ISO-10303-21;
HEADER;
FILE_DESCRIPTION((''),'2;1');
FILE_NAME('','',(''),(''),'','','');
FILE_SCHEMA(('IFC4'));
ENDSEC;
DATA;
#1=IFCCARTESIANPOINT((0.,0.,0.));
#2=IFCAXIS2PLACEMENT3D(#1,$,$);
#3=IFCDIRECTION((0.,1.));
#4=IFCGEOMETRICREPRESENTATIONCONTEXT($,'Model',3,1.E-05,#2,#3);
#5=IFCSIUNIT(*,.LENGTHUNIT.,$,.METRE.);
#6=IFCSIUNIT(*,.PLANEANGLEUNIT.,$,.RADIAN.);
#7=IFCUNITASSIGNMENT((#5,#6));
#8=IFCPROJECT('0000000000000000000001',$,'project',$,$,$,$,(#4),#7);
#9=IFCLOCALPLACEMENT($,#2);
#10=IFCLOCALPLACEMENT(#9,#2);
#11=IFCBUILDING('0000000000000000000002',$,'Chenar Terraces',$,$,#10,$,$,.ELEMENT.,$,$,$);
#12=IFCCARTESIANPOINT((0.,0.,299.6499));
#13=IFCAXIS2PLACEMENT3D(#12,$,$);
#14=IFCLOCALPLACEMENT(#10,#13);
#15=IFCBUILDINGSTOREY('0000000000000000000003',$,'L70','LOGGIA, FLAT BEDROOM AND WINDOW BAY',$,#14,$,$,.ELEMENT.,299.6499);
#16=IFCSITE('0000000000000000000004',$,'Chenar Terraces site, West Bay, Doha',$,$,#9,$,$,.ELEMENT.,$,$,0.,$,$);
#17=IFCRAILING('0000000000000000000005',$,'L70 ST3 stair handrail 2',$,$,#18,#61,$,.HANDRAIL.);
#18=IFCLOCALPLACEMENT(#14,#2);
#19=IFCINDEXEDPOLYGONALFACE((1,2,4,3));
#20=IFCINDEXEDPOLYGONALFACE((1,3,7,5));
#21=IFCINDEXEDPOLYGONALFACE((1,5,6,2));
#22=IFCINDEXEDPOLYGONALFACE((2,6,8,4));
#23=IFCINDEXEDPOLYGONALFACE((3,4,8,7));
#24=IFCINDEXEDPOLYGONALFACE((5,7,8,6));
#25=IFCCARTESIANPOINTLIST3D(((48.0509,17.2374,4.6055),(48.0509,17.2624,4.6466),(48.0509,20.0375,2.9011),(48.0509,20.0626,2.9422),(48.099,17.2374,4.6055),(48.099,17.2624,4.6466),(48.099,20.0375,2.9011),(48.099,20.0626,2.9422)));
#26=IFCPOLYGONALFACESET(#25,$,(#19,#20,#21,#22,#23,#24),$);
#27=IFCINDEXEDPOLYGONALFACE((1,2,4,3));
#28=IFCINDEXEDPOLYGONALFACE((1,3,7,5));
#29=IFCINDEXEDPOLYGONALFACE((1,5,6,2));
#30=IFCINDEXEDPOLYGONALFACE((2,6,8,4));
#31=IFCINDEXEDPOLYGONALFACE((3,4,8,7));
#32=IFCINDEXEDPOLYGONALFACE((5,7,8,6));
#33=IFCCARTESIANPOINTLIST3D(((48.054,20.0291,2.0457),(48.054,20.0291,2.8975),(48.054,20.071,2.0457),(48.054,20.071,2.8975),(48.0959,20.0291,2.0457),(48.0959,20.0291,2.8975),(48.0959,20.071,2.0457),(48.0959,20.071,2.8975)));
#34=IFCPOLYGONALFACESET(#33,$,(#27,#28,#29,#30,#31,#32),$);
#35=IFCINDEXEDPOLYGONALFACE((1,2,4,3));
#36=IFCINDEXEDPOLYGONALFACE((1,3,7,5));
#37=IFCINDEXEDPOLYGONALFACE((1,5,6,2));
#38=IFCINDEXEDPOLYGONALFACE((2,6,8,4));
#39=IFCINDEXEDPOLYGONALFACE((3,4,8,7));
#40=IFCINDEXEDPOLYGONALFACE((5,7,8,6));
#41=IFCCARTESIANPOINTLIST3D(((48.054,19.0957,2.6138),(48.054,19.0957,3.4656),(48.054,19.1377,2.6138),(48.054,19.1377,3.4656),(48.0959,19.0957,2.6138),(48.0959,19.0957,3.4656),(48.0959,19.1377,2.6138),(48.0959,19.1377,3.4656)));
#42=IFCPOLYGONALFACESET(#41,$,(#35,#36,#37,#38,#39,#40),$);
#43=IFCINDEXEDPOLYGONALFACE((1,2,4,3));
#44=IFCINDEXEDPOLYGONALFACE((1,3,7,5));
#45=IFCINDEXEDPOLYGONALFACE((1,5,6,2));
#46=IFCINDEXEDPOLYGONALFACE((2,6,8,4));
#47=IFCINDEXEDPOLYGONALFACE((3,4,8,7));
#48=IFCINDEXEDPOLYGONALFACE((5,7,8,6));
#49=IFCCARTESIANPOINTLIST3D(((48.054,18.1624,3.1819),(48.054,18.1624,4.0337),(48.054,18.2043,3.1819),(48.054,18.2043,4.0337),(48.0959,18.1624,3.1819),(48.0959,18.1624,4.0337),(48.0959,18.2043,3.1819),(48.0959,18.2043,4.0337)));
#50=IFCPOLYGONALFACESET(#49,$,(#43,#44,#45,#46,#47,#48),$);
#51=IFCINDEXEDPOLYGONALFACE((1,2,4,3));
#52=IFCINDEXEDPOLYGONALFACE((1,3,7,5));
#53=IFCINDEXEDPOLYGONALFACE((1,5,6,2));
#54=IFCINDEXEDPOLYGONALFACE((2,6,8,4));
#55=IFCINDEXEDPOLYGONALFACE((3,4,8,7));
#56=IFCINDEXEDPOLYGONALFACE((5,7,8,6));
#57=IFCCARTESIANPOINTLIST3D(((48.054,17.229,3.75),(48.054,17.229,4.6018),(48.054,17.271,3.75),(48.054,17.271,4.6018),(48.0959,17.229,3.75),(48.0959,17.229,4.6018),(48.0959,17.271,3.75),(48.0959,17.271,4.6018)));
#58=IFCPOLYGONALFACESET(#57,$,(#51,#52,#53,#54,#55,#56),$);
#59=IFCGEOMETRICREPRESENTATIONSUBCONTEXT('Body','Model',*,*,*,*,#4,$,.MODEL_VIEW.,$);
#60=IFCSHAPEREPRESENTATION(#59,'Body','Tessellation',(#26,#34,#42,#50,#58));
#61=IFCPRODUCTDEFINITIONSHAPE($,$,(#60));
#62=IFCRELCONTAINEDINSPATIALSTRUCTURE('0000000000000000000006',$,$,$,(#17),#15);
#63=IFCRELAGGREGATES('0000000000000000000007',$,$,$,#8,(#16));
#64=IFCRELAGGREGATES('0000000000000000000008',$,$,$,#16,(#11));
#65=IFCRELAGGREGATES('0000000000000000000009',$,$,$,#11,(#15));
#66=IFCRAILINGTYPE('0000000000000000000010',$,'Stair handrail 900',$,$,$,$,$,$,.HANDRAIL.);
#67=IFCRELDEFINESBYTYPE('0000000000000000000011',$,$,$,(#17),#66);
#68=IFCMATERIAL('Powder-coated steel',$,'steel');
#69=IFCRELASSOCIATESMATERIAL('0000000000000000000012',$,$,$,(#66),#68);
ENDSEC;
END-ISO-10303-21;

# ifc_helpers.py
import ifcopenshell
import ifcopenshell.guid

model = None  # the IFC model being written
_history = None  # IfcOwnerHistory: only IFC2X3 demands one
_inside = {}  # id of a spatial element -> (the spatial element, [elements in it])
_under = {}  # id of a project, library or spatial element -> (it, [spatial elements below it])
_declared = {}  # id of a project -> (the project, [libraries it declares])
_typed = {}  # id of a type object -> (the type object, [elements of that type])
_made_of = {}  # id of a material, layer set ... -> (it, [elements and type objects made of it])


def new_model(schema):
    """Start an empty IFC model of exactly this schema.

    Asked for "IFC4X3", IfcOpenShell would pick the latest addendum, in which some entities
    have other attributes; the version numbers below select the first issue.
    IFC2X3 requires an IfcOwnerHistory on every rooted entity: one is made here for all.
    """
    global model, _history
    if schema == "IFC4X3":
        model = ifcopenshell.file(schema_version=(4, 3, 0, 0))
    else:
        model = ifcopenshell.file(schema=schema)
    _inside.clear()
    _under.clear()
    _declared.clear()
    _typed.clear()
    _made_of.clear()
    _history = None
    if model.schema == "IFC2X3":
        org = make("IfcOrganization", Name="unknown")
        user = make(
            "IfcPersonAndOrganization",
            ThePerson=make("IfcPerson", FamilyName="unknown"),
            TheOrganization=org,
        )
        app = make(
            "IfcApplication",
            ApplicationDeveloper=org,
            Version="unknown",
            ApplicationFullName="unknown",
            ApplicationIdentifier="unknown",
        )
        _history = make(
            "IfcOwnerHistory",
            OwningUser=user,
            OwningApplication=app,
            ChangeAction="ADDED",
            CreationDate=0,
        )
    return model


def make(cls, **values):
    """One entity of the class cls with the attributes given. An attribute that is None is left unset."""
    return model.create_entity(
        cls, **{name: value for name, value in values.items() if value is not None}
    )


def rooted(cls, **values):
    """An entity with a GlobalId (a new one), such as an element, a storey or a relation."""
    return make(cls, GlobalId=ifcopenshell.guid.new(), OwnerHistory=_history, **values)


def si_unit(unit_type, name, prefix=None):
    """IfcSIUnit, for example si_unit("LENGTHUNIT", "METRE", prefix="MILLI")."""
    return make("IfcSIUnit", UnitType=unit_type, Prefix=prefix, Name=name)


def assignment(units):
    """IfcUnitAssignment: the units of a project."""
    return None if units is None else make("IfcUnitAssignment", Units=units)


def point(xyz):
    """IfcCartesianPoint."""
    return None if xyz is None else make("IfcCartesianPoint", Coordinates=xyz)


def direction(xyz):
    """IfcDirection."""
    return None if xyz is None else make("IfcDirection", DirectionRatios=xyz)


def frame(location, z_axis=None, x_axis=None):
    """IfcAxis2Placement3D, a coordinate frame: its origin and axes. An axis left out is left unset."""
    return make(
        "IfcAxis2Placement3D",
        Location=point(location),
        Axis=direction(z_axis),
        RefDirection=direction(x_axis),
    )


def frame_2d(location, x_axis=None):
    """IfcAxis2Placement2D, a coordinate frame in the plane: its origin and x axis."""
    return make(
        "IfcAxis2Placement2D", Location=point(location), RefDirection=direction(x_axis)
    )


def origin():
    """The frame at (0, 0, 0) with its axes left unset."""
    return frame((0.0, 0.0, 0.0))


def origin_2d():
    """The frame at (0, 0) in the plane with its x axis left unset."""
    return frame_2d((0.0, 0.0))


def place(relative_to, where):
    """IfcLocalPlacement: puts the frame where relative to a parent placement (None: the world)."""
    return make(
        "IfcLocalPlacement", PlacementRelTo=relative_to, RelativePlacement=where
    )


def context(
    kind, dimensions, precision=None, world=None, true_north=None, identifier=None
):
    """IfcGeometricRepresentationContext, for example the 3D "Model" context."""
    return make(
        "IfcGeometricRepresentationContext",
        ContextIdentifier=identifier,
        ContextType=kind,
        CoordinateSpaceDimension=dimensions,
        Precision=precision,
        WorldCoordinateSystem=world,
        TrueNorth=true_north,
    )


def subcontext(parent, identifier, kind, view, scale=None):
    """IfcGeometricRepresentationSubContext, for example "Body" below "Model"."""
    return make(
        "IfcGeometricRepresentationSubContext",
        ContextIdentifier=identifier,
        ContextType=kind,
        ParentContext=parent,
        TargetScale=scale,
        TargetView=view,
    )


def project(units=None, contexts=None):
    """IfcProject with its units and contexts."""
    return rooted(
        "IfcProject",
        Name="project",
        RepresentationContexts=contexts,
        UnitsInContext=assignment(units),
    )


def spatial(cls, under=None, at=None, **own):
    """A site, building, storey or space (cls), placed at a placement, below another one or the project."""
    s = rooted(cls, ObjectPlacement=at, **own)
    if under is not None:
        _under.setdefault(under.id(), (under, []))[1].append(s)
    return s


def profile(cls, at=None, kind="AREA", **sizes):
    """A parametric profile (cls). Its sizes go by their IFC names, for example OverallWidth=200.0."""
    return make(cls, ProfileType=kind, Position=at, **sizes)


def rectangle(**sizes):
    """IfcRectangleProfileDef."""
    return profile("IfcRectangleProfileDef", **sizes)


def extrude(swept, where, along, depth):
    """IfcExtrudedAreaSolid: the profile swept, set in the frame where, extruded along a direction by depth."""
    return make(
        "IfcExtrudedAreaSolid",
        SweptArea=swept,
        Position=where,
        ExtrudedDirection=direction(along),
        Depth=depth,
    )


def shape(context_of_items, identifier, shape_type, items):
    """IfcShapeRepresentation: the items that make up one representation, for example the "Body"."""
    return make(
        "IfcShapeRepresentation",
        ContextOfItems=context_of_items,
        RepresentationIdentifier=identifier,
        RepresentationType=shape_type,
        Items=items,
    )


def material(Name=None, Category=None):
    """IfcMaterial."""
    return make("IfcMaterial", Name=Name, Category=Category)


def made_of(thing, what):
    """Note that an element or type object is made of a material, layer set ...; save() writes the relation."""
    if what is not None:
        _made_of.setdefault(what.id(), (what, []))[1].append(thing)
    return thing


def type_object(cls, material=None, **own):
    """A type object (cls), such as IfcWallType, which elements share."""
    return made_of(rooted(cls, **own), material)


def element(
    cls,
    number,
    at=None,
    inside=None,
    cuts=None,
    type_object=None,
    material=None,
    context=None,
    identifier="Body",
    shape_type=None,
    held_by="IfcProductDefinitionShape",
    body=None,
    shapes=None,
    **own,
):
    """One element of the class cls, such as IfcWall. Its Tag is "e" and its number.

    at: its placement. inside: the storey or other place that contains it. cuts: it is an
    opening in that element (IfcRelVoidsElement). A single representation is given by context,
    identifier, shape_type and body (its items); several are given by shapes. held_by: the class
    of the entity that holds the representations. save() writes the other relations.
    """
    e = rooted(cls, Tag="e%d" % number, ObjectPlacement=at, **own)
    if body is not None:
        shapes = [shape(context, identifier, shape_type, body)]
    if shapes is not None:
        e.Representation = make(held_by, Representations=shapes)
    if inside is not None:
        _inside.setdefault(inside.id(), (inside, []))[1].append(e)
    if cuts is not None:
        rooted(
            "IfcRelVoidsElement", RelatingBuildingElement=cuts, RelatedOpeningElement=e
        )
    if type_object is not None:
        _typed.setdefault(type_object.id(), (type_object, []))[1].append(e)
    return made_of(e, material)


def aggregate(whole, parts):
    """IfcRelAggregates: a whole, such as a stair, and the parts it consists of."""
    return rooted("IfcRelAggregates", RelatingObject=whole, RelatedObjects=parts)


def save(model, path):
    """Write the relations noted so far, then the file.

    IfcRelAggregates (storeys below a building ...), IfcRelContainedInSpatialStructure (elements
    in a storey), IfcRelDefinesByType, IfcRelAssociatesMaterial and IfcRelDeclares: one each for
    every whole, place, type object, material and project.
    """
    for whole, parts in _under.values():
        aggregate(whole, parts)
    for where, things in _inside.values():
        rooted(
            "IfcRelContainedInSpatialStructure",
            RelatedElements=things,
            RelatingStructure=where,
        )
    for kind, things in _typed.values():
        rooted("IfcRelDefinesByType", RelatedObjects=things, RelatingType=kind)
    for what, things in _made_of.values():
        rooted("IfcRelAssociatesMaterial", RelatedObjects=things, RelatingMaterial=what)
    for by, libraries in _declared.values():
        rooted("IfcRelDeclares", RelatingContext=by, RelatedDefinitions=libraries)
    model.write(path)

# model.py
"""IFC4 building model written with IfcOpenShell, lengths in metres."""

from ifc_helpers import new_model, si_unit, direction, frame, origin, origin_2d, place, context, subcontext, project, spatial, rectangle, extrude, material, type_object, element, save


model = new_model("IFC4")

# Units and contexts
model_context = context("Model", 3, precision=1e-05, world=origin(), true_north=direction((0.0, 1.0)))
body_context = subcontext(model_context, "Body", "Model", "MODEL_VIEW")
ifc_project = project(units=[si_unit("LENGTHUNIT", "METRE"), si_unit("PLANEANGLEUNIT", "RADIAN")], contexts=[model_context])

# Site, building, storey
site_placement = place(None, origin())
site = spatial("IfcSite", under=ifc_project, at=site_placement, Name="Chenar Terraces site, West Bay, Doha", CompositionType="ELEMENT", RefElevation=0.0)
building_placement = place(site_placement, origin())
building = spatial("IfcBuilding", under=site, at=building_placement, Name="Chenar Terraces", CompositionType="ELEMENT")
storey_placement = place(building_placement, frame((0.0, 0.0, 299.6499)))
storey = spatial("IfcBuildingStorey", under=building, at=storey_placement, Name="L70", Description="LOGGIA, FLAT BEDROOM AND WINDOW BAY", CompositionType="ELEMENT", Elevation=299.6499)

# Railing
ifc_material_1 = material(Name="Powder-coated steel", Category="steel")
railing_type_1 = type_object("IfcRailingType", Name="Stair handrail 900", PredefinedType="HANDRAIL", material=ifc_material_1)
railing_1_placement = place(storey_placement, frame((48.075, 20.05, 2.0457)))
element("IfcRailing", 1, at=railing_1_placement, inside=storey, type_object=railing_type_1, Name="L70 ST3 stair handrail 2", PredefinedType="HANDRAIL", context=body_context, shape_type="SweptSolid", body=[
    extrude(rectangle(XDim=0.0481, YDim=0.0481, at=origin_2d()), frame((0.0, 0.0, 0.876), z_axis=(0.0, -0.854203, 0.51994), x_axis=(1.0, 0.0, 0.0)), (0.0, 0.0, 1.0), 3.2781),
    extrude(rectangle(XDim=0.042, YDim=0.042, at=origin_2d()), origin(), (0.0, 0.0, 1.0), 0.8518),
    extrude(rectangle(XDim=0.042, YDim=0.042, at=origin_2d()), frame((0.0, -0.9333, 0.5681)), (0.0, 0.0, 1.0), 0.8518),
    extrude(rectangle(XDim=0.042, YDim=0.042, at=origin_2d()), frame((0.0, -1.8667, 1.1362)), (0.0, 0.0, 1.0), 0.8518),
    extrude(rectangle(XDim=0.042, YDim=0.042, at=origin_2d()), frame((0.0, -2.8, 1.7043)), (0.0, 0.0, 1.0), 0.8518),
])

save(model, "model.ifc")
